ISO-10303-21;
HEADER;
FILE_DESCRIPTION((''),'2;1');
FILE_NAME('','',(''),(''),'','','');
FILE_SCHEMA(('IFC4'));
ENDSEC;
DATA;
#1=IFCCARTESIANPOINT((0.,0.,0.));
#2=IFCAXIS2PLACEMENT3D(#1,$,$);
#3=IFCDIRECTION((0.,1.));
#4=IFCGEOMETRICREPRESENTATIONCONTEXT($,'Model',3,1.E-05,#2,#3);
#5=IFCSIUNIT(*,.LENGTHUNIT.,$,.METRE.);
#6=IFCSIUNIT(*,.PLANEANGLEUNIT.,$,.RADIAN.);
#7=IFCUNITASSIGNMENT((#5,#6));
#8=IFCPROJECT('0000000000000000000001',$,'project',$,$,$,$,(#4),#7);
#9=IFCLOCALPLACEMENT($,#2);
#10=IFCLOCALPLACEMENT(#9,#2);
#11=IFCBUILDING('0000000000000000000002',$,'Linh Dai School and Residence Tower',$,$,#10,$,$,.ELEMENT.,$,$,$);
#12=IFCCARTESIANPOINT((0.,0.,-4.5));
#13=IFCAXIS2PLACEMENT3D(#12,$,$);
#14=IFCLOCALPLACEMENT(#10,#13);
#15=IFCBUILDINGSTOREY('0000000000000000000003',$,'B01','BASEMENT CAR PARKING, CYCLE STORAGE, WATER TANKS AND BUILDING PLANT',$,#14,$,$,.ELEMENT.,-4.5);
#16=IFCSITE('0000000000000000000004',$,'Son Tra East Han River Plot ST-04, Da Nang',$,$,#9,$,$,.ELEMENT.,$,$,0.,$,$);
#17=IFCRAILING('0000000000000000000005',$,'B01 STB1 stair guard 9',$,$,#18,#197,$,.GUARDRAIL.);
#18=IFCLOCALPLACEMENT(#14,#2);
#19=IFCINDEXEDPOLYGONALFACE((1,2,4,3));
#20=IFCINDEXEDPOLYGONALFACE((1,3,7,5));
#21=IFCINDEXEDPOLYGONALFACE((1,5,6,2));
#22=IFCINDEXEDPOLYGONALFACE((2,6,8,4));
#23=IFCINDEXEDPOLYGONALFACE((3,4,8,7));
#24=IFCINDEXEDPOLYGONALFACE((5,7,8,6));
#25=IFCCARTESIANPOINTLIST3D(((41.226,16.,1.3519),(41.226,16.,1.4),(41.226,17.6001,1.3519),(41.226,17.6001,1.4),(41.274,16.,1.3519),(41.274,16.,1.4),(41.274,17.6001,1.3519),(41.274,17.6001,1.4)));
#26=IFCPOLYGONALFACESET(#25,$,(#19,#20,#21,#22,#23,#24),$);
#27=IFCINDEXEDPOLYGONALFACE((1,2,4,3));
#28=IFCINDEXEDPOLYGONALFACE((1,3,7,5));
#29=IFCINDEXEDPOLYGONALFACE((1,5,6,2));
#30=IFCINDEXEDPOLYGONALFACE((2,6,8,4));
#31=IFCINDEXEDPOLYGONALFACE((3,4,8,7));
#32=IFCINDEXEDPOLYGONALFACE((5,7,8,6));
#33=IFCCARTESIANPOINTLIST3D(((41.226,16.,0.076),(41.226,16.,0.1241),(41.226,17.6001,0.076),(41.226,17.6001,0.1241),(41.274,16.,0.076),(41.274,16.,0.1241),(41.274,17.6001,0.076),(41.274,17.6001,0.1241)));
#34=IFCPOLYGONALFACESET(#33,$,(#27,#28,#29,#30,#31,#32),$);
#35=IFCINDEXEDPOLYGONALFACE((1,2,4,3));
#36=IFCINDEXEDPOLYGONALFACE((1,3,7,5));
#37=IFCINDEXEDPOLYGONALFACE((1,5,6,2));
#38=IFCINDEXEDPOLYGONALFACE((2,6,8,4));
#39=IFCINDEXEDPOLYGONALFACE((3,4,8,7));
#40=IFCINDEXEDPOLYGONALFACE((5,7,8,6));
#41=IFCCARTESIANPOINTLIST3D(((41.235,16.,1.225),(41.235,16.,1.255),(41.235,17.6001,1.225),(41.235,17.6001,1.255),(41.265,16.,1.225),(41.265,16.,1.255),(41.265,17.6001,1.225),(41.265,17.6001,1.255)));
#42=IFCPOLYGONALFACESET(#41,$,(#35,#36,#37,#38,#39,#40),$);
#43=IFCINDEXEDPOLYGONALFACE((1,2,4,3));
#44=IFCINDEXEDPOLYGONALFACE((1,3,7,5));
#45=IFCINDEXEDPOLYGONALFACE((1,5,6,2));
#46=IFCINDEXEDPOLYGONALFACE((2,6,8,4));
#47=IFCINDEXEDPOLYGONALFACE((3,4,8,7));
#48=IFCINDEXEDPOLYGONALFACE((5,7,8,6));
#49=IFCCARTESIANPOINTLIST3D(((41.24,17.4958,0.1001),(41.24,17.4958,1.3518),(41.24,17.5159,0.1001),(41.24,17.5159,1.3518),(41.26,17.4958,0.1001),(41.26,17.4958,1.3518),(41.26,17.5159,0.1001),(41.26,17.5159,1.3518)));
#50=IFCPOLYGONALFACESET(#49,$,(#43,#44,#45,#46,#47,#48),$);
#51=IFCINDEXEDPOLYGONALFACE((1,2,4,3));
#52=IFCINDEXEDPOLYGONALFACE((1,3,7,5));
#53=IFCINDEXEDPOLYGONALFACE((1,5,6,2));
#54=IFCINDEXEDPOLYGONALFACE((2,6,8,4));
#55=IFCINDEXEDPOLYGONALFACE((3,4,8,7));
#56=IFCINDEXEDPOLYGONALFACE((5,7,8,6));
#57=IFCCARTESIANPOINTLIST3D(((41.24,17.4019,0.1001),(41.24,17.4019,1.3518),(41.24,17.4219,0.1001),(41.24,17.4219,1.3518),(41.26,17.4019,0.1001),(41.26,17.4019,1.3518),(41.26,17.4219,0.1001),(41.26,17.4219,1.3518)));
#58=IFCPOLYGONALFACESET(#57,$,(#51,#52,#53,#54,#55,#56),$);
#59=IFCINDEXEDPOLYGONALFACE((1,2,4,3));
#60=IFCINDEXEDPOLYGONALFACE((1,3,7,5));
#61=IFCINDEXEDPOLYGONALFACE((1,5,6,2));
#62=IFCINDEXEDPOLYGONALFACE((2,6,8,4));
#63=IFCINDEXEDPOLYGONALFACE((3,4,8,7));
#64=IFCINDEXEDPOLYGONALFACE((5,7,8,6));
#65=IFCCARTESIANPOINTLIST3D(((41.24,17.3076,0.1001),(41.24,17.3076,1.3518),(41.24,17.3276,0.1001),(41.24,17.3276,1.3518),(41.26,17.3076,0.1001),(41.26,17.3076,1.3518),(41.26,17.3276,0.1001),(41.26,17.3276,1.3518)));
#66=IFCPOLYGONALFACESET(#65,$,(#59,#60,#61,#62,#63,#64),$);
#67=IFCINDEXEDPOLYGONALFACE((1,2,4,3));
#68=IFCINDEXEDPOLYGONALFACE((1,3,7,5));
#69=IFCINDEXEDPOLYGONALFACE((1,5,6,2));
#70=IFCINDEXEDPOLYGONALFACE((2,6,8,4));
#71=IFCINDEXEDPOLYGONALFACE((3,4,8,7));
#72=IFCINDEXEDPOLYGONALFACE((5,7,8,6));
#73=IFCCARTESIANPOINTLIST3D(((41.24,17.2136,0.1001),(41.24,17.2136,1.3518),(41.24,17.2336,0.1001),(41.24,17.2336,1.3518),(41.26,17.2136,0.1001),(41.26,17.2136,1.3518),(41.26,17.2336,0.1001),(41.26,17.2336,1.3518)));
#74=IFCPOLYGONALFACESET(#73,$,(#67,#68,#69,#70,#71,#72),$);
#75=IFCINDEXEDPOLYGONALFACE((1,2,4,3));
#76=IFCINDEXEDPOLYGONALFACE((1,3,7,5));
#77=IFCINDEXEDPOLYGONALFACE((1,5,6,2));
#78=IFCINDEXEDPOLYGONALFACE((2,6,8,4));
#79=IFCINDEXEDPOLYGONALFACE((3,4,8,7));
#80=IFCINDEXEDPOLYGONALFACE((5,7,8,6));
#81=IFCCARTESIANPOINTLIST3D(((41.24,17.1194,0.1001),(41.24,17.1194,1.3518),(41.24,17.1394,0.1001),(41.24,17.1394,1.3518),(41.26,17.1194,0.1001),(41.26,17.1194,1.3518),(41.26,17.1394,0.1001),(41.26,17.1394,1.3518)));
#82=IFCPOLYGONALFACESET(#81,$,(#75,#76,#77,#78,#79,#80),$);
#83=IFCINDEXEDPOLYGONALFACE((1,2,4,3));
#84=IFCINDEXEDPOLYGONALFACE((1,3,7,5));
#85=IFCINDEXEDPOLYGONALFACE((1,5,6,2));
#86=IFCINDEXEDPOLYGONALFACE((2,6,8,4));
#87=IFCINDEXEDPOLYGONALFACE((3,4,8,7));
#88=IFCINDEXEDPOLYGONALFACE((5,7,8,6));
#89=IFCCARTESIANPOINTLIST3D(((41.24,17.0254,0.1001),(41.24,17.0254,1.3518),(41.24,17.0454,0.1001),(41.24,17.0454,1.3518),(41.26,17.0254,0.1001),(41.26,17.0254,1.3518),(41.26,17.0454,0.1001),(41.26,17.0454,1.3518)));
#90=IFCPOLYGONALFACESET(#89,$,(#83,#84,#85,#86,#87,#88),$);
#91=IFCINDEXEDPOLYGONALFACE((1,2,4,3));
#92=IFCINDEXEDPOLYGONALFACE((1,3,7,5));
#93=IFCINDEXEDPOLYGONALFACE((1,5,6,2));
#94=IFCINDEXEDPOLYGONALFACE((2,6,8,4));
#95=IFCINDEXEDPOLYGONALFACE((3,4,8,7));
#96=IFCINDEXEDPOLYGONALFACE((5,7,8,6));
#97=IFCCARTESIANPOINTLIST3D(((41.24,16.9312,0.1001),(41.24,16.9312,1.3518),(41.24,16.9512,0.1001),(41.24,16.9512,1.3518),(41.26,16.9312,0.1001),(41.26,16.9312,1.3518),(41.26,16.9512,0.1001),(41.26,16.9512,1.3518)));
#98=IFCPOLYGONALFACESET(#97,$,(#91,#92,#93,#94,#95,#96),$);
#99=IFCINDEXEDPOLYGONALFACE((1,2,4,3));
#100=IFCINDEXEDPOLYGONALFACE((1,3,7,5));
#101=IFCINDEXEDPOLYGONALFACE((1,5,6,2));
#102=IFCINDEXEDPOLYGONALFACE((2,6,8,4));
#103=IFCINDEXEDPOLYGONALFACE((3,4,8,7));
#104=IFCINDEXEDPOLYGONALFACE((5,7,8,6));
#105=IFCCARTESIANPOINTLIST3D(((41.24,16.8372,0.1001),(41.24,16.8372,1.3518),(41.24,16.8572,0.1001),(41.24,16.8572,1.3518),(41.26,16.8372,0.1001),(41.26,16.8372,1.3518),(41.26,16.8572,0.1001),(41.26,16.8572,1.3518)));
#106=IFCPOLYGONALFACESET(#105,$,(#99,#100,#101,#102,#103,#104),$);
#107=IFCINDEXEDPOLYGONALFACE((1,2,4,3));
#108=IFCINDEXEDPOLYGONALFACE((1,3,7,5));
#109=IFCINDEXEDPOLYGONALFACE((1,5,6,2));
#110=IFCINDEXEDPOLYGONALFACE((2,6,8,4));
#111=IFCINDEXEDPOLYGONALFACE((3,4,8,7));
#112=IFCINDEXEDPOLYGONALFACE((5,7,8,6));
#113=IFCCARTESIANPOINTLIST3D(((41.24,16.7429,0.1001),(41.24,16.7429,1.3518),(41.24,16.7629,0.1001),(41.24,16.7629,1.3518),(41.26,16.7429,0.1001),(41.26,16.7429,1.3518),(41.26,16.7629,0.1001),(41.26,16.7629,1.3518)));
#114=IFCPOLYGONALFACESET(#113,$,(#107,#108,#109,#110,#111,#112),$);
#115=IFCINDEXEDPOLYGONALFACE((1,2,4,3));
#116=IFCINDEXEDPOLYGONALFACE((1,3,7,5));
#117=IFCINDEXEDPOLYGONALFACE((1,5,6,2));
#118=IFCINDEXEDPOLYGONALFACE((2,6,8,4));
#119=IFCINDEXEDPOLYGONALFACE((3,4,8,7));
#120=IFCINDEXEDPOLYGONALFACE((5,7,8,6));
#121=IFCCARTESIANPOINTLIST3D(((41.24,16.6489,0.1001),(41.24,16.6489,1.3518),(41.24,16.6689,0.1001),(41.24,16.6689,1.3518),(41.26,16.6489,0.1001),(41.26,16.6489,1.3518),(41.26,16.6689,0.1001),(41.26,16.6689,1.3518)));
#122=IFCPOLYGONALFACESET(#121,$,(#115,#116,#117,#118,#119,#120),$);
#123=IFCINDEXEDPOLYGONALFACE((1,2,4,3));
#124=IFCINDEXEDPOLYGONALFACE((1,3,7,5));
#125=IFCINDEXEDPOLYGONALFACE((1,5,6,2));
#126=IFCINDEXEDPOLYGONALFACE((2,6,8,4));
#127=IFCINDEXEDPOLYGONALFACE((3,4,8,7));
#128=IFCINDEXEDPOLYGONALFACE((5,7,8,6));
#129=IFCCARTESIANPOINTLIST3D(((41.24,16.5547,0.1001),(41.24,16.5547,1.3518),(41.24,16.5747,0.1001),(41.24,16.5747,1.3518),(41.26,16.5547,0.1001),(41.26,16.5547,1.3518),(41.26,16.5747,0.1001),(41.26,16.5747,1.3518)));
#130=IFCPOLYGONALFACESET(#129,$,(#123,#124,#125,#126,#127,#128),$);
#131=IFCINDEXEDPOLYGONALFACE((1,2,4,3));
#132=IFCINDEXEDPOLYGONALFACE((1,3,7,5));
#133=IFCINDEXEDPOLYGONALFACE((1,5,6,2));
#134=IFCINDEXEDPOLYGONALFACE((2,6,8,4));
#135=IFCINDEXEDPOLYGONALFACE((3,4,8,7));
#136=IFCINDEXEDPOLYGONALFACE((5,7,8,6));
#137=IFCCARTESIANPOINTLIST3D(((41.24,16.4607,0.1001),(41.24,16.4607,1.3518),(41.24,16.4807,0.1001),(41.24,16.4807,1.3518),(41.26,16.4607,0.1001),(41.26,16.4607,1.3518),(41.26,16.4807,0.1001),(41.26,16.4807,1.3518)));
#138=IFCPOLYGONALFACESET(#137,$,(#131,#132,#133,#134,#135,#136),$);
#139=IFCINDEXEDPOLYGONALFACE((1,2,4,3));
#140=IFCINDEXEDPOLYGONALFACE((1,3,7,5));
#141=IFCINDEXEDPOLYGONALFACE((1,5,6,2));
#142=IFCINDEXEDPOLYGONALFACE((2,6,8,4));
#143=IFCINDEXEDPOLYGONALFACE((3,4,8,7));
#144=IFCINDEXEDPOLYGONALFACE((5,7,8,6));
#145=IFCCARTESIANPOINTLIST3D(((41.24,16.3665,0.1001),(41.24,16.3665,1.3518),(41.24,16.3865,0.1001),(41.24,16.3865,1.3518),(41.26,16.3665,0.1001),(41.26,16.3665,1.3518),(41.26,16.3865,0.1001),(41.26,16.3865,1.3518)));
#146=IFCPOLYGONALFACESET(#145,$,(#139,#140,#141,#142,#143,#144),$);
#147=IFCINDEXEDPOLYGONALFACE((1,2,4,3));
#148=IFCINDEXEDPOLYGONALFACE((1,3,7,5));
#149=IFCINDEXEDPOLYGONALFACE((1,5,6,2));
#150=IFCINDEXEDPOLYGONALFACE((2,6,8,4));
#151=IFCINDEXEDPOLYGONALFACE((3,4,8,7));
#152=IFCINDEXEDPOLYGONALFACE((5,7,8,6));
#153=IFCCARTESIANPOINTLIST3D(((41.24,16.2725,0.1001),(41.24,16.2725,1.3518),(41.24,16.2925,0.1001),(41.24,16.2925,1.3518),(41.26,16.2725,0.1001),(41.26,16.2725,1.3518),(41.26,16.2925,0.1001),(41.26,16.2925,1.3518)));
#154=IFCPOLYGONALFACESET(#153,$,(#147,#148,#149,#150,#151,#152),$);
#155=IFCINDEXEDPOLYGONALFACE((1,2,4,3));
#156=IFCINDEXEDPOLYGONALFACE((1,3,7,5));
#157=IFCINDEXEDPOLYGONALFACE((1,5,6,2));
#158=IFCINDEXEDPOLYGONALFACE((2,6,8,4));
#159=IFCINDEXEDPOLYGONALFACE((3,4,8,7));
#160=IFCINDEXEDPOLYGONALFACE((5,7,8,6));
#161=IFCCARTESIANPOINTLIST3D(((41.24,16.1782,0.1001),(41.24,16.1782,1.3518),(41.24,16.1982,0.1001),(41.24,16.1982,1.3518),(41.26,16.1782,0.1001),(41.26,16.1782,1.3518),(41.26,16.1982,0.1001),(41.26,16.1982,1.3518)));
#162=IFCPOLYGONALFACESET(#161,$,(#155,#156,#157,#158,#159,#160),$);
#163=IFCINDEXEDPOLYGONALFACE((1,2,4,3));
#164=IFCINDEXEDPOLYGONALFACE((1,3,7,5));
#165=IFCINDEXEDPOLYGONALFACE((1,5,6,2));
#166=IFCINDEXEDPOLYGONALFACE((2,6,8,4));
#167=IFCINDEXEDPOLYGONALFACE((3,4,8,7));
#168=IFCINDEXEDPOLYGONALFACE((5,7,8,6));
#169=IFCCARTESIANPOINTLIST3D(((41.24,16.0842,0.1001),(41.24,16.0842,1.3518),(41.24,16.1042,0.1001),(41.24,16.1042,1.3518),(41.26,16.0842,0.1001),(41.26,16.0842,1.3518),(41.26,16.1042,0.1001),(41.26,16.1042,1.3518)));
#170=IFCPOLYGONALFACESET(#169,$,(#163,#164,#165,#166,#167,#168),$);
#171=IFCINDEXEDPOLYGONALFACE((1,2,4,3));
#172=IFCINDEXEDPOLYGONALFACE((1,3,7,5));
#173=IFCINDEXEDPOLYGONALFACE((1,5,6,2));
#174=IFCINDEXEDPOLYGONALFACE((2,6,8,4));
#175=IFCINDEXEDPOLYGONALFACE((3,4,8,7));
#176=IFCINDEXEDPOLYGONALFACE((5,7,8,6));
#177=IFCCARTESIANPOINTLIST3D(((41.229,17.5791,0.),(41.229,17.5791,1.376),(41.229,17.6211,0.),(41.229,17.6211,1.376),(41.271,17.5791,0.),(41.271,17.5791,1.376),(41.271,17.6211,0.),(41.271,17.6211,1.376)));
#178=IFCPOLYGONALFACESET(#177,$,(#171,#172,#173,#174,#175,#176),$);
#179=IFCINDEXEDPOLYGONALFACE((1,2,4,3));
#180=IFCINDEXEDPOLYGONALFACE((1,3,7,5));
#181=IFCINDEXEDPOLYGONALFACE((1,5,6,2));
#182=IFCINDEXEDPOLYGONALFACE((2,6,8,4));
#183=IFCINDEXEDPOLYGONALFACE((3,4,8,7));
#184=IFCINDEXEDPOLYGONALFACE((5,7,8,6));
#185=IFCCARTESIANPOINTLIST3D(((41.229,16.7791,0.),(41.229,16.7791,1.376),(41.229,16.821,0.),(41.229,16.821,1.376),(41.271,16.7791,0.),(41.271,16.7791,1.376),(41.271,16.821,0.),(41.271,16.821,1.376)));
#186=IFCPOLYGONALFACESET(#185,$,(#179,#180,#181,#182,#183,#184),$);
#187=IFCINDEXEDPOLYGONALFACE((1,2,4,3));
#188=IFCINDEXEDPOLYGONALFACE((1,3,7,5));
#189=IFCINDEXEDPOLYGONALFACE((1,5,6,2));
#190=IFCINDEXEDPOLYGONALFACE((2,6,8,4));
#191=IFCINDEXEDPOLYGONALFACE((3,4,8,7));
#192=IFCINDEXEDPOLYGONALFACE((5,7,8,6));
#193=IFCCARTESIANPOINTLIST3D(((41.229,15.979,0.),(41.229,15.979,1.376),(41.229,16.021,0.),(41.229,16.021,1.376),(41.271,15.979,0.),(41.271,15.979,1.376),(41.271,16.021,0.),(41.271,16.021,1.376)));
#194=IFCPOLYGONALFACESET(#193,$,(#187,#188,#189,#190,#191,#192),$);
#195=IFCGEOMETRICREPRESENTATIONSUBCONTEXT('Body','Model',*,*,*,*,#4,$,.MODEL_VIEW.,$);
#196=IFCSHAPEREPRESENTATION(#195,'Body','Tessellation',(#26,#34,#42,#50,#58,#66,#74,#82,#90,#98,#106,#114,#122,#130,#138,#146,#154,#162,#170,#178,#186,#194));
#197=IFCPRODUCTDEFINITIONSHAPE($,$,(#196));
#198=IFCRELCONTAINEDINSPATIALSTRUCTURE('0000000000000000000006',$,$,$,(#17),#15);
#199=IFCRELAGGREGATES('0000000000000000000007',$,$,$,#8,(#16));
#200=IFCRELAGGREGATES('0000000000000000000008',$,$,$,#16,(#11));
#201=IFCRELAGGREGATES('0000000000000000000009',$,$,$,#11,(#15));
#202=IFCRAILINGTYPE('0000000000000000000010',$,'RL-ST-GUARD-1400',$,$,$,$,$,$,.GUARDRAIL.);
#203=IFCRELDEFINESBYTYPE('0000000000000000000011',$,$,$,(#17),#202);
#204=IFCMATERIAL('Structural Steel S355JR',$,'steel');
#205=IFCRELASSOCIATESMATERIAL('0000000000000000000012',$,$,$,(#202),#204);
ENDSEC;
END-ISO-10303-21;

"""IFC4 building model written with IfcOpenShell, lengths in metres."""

from ifc_helpers import new_model, si_unit, direction, frame, origin, origin_2d, place, context, subcontext, project, spatial, rectangle, extrude, source, transform, mapped, material, type_object, element, save


model = new_model("IFC4")

# Units and contexts
model_context = context("Model", 3, precision=1e-05, world=origin(), true_north=direction((0.0, 1.0)))
body_context = subcontext(model_context, "Body", "Model", "MODEL_VIEW")
ifc_project = project(units=[si_unit("LENGTHUNIT", "METRE"), si_unit("PLANEANGLEUNIT", "RADIAN")], contexts=[model_context])

# Site, building, storey
site_placement = place(None, origin())
site = spatial("IfcSite", under=ifc_project, at=site_placement, Name="Son Tra East Han River Plot ST-04, Da Nang", CompositionType="ELEMENT", RefElevation=0.0)
building_placement = place(site_placement, origin())
building = spatial("IfcBuilding", under=site, at=building_placement, Name="Linh Dai School and Residence Tower", CompositionType="ELEMENT")
storey_placement = place(building_placement, frame((0.0, 0.0, -4.5)))
storey = spatial("IfcBuildingStorey", under=building, at=storey_placement, Name="B01", Description="BASEMENT CAR PARKING, CYCLE STORAGE, WATER TANKS AND BUILDING PLANT", CompositionType="ELEMENT", Elevation=-4.5)

# Shared definitions
ifc_material_1 = material(Name="Structural Steel S355JR", Category="steel")

# Railing
railing_type_1 = type_object("IfcRailingType", Name="RL-ST-GUARD-1400", PredefinedType="GUARDRAIL", material=ifc_material_1)
shared_shape_1 = source(origin(), body_context, "Body", "SweptSolid", [
    extrude(rectangle(XDim=0.0481, YDim=0.0481, at=origin_2d()), frame((0.0, 0.0, 1.376), z_axis=(0.0, -1.0, 0.0), x_axis=(1.0, 0.0, 0.0)), (0.0, 0.0, 1.0), 1.6001),
    extrude(rectangle(XDim=0.0481, YDim=0.0481, at=origin_2d()), frame((0.0, 0.0, 0.1001), z_axis=(0.0, -1.0, 0.0), x_axis=(1.0, 0.0, 0.0)), (0.0, 0.0, 1.0), 1.6001),
    extrude(rectangle(XDim=0.03, YDim=0.03, at=origin_2d()), frame((0.0, 0.0, 1.24), z_axis=(0.0, -1.0, 0.0), x_axis=(1.0, 0.0, 0.0)), (0.0, 0.0, 1.0), 1.6001),
    extrude(rectangle(XDim=0.02, YDim=0.02, at=origin_2d()), frame((0.0, -0.0942, 0.1001)), (0.0, 0.0, 1.0), 1.2517),
    extrude(rectangle(XDim=0.02, YDim=0.02, at=origin_2d()), frame((0.0, -0.1882, 0.1001)), (0.0, 0.0, 1.0), 1.2517),
    extrude(rectangle(XDim=0.02, YDim=0.02, at=origin_2d()), frame((0.0, -0.2825, 0.1001)), (0.0, 0.0, 1.0), 1.2517),
    extrude(rectangle(XDim=0.02, YDim=0.02, at=origin_2d()), frame((0.0, -0.3765, 0.1001)), (0.0, 0.0, 1.0), 1.2517),
    extrude(rectangle(XDim=0.02, YDim=0.02, at=origin_2d()), frame((0.0, -0.4707, 0.1001)), (0.0, 0.0, 1.0), 1.2517),
    extrude(rectangle(XDim=0.02, YDim=0.02, at=origin_2d()), frame((0.0, -0.5647, 0.1001)), (0.0, 0.0, 1.0), 1.2517),
    extrude(rectangle(XDim=0.02, YDim=0.02, at=origin_2d()), frame((0.0, -0.6589, 0.1001)), (0.0, 0.0, 1.0), 1.2517),
    extrude(rectangle(XDim=0.02, YDim=0.02, at=origin_2d()), frame((0.0, -0.7529, 0.1001)), (0.0, 0.0, 1.0), 1.2517),
    extrude(rectangle(XDim=0.02, YDim=0.02, at=origin_2d()), frame((0.0, -0.8472, 0.1001)), (0.0, 0.0, 1.0), 1.2517),
    extrude(rectangle(XDim=0.02, YDim=0.02, at=origin_2d()), frame((0.0, -0.9412, 0.1001)), (0.0, 0.0, 1.0), 1.2517),
    extrude(rectangle(XDim=0.02, YDim=0.02, at=origin_2d()), frame((0.0, -1.0354, 0.1001)), (0.0, 0.0, 1.0), 1.2517),
    extrude(rectangle(XDim=0.02, YDim=0.02, at=origin_2d()), frame((0.0, -1.1294, 0.1001)), (0.0, 0.0, 1.0), 1.2517),
    extrude(rectangle(XDim=0.02, YDim=0.02, at=origin_2d()), frame((0.0, -1.2236, 0.1001)), (0.0, 0.0, 1.0), 1.2517),
    extrude(rectangle(XDim=0.02, YDim=0.02, at=origin_2d()), frame((0.0, -1.3176, 0.1001)), (0.0, 0.0, 1.0), 1.2517),
    extrude(rectangle(XDim=0.02, YDim=0.02, at=origin_2d()), frame((0.0, -1.4119, 0.1001)), (0.0, 0.0, 1.0), 1.2517),
    extrude(rectangle(XDim=0.02, YDim=0.02, at=origin_2d()), frame((0.0, -1.5059, 0.1001)), (0.0, 0.0, 1.0), 1.2517),
    extrude(rectangle(XDim=0.042, YDim=0.042, at=origin_2d()), origin(), (0.0, 0.0, 1.0), 1.376),
    extrude(rectangle(XDim=0.042, YDim=0.042, at=origin_2d()), frame((0.0, -0.8, 0.0)), (0.0, 0.0, 1.0), 1.376),
    extrude(rectangle(XDim=0.042, YDim=0.042, at=origin_2d()), frame((0.0, -1.6001, 0.0)), (0.0, 0.0, 1.0), 1.376),
])
railing_1_placement = place(storey_placement, frame((41.25, 17.6001, 0.0)))
element("IfcRailing", 1, at=railing_1_placement, inside=storey, type_object=railing_type_1, Name="B01 STB1 stair guard 9", PredefinedType="GUARDRAIL", context=body_context, shape_type="MappedRepresentation", body=[
    mapped(shared_shape_1, transform((0.0, 0.0, 0.0), x_axis=(1.0, 0.0, 0.0), y_axis=(0.0, 1.0, 0.0), z_axis=(0.0, 0.0, 1.0), scale=1.0)),
])

save(model, "model.ifc")
